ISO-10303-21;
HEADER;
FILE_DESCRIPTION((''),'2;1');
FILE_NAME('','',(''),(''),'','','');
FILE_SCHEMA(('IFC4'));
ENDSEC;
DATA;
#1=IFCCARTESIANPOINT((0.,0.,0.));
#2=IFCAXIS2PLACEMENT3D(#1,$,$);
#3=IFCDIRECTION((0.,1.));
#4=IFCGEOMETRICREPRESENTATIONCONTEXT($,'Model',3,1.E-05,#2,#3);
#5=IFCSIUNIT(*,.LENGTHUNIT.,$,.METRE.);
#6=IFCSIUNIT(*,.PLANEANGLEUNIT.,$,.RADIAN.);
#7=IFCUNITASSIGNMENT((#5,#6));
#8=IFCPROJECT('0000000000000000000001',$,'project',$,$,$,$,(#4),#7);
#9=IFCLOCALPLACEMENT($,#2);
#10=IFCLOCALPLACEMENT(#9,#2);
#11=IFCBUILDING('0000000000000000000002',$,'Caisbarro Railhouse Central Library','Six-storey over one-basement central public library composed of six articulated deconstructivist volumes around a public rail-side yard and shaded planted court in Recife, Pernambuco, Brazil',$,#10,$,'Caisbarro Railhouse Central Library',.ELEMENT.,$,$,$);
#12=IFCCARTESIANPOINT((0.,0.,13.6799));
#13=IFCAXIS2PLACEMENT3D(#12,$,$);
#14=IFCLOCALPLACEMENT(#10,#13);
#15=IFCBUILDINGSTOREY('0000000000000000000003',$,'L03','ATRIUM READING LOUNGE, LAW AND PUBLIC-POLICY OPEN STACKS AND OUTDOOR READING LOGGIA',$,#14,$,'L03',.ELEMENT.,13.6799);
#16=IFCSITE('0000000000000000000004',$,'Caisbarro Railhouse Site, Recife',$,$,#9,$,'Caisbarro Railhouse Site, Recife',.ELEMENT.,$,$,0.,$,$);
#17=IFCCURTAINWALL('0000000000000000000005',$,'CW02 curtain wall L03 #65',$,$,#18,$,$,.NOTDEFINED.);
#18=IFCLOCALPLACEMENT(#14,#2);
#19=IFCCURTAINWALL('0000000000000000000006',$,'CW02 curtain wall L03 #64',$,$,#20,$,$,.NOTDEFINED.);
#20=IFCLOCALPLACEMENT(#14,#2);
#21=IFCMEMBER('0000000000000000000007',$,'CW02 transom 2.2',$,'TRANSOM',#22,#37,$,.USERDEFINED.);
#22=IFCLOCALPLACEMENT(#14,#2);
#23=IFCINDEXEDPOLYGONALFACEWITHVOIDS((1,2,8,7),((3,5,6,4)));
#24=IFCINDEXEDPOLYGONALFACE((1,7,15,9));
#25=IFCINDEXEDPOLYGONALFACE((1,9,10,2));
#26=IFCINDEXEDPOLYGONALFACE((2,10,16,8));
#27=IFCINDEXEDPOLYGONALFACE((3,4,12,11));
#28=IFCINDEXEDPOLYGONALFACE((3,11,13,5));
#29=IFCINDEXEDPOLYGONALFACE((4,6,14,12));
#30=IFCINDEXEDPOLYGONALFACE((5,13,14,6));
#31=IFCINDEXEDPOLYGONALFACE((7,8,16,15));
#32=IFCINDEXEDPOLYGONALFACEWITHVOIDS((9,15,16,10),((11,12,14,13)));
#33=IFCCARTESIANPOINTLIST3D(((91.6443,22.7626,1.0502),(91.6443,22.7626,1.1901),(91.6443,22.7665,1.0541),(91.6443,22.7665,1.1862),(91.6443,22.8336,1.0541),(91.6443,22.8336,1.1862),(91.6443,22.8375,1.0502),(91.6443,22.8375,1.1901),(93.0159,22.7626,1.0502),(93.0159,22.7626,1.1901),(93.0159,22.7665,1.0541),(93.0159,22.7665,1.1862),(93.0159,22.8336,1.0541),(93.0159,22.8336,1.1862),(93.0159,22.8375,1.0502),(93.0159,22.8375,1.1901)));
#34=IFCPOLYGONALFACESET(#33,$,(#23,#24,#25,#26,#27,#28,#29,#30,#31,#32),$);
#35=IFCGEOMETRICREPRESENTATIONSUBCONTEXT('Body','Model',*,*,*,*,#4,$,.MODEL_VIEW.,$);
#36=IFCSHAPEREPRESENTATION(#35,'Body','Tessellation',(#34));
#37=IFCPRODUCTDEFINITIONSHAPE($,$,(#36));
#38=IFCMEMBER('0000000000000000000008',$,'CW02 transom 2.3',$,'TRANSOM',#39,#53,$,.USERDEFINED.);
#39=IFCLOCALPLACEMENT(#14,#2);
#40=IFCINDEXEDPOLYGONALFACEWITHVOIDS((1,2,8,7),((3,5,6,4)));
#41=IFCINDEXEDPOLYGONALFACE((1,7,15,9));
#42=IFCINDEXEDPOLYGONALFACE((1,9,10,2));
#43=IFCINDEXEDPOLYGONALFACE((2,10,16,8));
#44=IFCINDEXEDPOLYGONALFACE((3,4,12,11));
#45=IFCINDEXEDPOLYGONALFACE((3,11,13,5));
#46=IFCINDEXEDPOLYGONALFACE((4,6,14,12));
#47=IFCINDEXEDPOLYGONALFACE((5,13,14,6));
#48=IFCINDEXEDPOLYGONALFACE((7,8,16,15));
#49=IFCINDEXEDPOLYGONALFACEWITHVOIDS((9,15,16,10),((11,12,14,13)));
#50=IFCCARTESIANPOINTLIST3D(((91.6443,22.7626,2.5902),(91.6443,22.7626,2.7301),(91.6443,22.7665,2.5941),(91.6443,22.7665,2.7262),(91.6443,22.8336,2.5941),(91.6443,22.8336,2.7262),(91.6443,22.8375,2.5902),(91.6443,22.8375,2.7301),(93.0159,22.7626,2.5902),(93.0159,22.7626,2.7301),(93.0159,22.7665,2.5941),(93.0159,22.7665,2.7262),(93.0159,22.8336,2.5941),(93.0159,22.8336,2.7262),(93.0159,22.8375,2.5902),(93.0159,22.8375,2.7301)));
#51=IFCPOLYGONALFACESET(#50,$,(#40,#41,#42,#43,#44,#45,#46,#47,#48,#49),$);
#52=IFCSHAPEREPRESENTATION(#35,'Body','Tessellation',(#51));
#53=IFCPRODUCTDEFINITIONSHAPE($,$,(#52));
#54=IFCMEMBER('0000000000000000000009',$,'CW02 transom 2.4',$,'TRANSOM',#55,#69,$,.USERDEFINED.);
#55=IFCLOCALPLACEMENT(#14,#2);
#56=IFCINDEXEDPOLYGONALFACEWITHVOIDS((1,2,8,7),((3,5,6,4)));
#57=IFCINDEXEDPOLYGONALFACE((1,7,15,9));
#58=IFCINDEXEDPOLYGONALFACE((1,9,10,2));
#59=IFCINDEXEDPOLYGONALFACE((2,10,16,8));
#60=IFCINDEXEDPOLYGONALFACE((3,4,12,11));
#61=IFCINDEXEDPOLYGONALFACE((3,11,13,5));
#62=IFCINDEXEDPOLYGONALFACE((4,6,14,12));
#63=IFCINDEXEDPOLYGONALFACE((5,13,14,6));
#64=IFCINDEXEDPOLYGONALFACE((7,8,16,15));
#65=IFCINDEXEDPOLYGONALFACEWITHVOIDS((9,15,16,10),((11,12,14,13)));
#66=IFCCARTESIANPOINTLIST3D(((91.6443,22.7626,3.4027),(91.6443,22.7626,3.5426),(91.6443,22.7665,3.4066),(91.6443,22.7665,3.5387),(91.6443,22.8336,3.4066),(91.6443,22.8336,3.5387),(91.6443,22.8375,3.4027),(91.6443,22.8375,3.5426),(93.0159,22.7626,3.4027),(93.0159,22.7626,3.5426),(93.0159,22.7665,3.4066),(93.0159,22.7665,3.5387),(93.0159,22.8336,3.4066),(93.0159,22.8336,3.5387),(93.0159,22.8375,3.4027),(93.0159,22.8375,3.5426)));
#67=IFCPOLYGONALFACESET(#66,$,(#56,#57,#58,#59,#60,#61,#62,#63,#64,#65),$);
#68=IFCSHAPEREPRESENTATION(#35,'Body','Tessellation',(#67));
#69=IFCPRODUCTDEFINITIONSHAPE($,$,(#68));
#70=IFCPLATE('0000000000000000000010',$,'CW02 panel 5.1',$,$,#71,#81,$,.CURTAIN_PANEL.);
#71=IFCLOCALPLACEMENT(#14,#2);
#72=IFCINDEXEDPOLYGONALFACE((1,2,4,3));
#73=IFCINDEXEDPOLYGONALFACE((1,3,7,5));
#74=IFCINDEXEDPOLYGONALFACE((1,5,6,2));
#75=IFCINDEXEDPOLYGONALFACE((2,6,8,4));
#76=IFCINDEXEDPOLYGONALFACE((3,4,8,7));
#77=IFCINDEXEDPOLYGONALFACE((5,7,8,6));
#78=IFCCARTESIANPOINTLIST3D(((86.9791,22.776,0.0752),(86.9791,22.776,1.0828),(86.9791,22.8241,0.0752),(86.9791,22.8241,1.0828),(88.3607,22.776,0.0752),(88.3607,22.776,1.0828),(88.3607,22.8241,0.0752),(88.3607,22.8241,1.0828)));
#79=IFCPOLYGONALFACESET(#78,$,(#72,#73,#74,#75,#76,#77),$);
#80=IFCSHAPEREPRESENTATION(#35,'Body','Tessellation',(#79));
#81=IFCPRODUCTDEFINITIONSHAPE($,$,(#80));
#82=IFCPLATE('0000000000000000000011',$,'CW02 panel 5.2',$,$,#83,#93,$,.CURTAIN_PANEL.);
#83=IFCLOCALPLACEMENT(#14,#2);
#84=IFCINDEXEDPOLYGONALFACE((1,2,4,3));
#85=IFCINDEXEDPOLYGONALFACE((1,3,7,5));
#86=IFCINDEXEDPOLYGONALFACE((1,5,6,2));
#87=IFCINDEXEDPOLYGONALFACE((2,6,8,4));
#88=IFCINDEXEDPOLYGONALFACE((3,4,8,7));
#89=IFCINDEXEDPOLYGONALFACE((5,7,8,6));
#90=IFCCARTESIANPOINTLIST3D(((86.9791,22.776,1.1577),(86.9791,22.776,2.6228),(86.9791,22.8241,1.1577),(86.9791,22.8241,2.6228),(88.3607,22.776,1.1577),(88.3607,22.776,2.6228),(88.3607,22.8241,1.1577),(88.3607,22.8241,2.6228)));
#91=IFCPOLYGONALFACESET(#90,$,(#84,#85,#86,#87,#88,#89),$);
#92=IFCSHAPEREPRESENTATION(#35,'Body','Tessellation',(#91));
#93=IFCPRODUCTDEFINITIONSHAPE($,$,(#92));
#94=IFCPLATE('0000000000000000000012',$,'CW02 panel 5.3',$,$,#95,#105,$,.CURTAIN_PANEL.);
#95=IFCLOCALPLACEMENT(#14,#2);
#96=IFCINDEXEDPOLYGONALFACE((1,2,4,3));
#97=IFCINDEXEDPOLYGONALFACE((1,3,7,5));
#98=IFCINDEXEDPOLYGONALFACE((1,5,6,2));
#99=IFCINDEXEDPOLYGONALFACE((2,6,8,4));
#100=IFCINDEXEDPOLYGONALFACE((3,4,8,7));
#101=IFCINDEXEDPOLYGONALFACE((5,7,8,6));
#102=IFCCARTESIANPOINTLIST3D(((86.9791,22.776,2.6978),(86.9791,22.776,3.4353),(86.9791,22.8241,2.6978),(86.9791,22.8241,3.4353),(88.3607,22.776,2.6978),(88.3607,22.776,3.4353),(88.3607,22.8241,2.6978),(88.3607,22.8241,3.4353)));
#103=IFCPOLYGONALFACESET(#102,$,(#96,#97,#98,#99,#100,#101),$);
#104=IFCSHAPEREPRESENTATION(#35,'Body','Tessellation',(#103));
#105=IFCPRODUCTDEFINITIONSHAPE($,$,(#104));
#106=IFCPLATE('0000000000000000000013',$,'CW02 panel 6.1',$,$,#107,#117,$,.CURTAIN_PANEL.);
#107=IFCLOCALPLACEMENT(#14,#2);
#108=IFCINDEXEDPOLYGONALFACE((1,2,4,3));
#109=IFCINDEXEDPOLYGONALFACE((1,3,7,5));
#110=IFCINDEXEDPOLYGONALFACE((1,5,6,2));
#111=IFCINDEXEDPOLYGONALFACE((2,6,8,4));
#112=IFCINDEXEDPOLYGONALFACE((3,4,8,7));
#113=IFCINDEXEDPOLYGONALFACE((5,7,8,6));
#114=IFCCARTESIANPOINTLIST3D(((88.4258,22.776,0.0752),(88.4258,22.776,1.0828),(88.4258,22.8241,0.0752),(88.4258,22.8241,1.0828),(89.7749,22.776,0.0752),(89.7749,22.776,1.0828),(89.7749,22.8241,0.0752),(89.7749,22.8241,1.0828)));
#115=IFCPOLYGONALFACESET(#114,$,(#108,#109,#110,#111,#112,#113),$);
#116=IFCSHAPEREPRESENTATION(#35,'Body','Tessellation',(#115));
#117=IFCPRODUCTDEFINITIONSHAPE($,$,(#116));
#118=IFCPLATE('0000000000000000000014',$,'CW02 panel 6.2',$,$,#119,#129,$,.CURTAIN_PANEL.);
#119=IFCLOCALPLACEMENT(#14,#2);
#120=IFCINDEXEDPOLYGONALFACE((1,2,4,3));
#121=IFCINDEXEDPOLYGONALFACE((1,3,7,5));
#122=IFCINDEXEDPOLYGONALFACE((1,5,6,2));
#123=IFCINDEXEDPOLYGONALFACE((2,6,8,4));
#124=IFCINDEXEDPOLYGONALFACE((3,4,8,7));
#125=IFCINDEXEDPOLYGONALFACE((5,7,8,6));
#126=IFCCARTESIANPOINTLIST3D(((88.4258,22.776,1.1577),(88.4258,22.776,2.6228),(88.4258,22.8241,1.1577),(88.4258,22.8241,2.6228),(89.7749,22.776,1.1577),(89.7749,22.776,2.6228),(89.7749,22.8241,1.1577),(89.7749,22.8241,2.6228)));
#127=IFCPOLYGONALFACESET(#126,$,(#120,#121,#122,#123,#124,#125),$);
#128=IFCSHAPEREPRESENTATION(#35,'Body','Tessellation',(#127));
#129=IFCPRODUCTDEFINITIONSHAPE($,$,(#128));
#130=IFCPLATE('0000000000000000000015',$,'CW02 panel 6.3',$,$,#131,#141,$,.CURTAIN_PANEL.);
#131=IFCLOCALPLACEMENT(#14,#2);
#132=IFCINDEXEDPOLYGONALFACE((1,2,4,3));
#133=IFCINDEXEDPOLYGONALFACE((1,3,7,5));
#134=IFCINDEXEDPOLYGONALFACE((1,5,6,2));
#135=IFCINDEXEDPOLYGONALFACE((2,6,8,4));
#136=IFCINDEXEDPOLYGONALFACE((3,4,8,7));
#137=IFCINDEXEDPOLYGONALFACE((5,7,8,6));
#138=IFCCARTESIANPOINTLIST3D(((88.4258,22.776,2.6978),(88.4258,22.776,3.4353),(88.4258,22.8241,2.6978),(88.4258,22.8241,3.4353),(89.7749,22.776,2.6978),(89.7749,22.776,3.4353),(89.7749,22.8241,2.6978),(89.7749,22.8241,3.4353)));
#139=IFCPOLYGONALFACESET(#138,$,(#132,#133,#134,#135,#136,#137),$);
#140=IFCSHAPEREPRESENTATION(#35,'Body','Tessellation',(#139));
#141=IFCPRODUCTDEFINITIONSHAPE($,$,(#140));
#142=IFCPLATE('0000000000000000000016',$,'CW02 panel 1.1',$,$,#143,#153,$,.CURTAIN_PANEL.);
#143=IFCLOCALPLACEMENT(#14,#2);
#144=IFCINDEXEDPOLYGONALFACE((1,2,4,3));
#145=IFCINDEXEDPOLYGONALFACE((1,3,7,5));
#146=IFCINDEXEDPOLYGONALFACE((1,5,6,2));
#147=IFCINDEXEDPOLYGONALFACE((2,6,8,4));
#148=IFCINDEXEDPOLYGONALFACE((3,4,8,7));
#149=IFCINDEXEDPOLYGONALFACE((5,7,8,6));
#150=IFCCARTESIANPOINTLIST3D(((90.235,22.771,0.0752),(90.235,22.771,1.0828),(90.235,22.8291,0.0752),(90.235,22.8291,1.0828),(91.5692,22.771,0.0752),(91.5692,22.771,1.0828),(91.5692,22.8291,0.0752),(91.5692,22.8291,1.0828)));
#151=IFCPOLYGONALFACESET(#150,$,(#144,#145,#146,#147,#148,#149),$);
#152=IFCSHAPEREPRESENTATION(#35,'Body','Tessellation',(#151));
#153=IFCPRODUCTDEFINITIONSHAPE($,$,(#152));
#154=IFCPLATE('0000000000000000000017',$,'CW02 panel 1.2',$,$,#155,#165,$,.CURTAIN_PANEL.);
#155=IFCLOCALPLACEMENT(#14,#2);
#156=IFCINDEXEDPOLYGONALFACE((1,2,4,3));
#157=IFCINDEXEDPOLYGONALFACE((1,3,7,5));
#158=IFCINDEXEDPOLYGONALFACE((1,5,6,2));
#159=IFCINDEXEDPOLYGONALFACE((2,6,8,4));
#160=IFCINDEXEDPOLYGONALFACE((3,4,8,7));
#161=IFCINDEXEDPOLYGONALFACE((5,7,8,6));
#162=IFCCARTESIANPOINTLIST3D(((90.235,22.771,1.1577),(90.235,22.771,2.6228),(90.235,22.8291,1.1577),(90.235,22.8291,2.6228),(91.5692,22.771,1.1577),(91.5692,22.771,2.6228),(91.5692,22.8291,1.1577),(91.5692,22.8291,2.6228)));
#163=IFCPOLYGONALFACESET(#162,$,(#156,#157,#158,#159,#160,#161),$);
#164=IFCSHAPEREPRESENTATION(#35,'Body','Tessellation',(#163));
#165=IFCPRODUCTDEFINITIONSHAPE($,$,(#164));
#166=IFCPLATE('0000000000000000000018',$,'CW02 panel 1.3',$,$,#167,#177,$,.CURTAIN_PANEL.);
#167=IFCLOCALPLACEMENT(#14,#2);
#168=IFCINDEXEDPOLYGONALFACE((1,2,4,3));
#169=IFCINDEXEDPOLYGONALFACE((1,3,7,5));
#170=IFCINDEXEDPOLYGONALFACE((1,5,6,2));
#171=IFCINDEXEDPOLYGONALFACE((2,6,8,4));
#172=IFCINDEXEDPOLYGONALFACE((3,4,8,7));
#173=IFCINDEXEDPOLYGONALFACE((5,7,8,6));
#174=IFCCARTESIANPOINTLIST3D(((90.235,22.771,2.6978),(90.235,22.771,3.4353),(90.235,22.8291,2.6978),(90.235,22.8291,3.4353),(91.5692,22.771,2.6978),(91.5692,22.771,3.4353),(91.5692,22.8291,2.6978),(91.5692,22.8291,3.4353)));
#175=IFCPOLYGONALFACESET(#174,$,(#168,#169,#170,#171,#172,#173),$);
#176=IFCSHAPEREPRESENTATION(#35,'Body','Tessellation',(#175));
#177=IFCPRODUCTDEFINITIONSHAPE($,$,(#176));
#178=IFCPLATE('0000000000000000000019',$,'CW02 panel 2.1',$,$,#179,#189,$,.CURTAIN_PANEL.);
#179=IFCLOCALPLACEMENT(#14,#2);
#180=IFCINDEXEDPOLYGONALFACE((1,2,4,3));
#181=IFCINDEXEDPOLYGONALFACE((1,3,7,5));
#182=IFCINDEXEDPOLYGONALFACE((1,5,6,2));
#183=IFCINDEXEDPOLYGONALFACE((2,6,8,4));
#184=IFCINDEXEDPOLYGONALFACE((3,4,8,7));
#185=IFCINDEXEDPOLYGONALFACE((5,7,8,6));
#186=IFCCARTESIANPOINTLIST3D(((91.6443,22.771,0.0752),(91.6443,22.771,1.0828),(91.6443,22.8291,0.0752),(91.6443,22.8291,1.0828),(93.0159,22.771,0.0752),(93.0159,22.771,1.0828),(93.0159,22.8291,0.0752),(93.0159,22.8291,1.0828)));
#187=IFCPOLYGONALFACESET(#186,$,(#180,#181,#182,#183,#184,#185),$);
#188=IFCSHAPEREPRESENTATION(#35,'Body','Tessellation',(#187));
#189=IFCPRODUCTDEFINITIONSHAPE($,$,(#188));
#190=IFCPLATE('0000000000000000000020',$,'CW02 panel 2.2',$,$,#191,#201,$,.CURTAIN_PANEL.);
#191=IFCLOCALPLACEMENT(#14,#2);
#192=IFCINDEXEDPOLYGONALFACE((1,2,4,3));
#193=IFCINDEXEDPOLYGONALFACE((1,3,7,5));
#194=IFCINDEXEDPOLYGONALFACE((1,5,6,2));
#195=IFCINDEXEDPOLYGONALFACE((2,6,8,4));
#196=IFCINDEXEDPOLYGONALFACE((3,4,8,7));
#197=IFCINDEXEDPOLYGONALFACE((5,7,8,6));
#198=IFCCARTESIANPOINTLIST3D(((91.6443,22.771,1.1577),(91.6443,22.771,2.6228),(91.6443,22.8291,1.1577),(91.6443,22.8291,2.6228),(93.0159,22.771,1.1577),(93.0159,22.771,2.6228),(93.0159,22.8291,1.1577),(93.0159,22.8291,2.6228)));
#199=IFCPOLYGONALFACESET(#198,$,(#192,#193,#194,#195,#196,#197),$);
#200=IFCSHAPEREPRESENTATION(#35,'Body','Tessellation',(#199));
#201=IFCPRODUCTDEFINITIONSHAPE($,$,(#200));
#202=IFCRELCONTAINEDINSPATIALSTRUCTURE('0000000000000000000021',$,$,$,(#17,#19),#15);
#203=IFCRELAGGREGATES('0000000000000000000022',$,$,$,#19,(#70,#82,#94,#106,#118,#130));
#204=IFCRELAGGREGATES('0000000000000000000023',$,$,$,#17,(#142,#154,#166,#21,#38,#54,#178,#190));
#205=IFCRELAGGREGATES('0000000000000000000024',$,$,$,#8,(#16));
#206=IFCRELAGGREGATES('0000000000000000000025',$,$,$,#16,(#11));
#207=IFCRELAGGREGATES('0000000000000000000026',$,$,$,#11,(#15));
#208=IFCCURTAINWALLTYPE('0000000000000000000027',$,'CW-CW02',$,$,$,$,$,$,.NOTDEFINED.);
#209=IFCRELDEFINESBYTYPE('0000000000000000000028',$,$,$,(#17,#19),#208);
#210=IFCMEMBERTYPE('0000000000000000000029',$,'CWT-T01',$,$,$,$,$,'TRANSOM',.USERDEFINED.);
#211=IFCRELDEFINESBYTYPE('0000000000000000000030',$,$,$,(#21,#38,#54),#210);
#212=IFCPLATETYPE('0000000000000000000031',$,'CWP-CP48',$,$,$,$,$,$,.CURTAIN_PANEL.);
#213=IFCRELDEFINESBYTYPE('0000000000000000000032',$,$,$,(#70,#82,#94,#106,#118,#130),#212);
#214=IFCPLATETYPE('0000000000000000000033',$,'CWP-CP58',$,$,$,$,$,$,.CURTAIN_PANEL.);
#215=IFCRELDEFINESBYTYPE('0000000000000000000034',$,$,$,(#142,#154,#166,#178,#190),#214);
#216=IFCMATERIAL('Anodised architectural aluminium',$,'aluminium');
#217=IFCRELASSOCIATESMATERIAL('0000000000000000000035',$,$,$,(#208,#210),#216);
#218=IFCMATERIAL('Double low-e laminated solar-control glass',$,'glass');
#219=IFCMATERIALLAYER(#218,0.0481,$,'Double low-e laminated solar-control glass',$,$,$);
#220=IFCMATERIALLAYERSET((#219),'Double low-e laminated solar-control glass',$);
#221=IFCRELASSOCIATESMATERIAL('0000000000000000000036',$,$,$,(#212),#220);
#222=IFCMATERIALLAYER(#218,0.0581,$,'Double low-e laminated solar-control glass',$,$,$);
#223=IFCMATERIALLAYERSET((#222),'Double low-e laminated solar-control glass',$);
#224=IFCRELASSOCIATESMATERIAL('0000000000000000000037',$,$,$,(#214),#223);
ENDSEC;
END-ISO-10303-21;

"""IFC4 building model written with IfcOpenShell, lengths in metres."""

from ifc_helpers import new_model, si_unit, direction, frame, origin, origin_2d, place, context, subcontext, project, spatial, rectangle, hollow_rectangle, extrude, material, layer, layer_set, material_profile, profile_set, type_object, element, aggregate, save


model = new_model("IFC4")

# Units and contexts
model_context = context("Model", 3, precision=1e-05, world=origin(), true_north=direction((0.0, 1.0)))
body_context = subcontext(model_context, "Body", "Model", "MODEL_VIEW")
ifc_project = project(units=[si_unit("LENGTHUNIT", "METRE"), si_unit("PLANEANGLEUNIT", "RADIAN")], contexts=[model_context])

# Site, building, storey
site_placement = place(None, origin())
site = spatial("IfcSite", under=ifc_project, at=site_placement, Name="Caisbarro Railhouse Site, Recife", LongName="Caisbarro Railhouse Site, Recife", CompositionType="ELEMENT", RefElevation=0.0)
building_placement = place(site_placement, origin())
building = spatial("IfcBuilding", under=site, at=building_placement, Name="Caisbarro Railhouse Central Library", Description="Six-storey over one-basement central public library composed of six articulated deconstructivist volumes around a public rail-side yard and shaded planted court in Recife, Pernambuco, Brazil", LongName="Caisbarro Railhouse Central Library", CompositionType="ELEMENT")
storey_placement = place(building_placement, frame((0.0, 0.0, 13.6799)))
storey = spatial("IfcBuildingStorey", under=building, at=storey_placement, Name="L03", Description="ATRIUM READING LOUNGE, LAW AND PUBLIC-POLICY OPEN STACKS AND OUTDOOR READING LOGGIA", LongName="L03", CompositionType="ELEMENT", Elevation=13.6799)

# Curtain walls
ifc_material_1 = material(Name="Anodised architectural aluminium", Category="aluminium")
curtain_wall_type = type_object("IfcCurtainWallType", Name="CW-CW02", PredefinedType="NOTDEFINED", material=ifc_material_1)
curtain_wall_1_placement = place(storey_placement, origin())
curtain_wall_1 = element("IfcCurtainWall", 1, at=curtain_wall_1_placement, inside=storey, type_object=curtain_wall_type, Name="CW02 curtain wall L03 #65", PredefinedType="NOTDEFINED")
curtain_wall_2_placement = place(storey_placement, origin())
curtain_wall_2 = element("IfcCurtainWall", 2, at=curtain_wall_2_placement, inside=storey, type_object=curtain_wall_type, Name="CW02 curtain wall L03 #64", PredefinedType="NOTDEFINED")
ifc_material_profile_1 = material_profile(ifc_material_1, hollow_rectangle(XDim=0.075, YDim=0.1399, WallThickness=0.0039, at=origin_2d()), Name="ALU-TRN-75X140")
ifc_profile_set_1 = profile_set([ifc_material_profile_1], Name="Anodised architectural aluminium")
member_type_1 = type_object("IfcMemberType", Name="CWT-T01", ElementType="TRANSOM", PredefinedType="USERDEFINED", material=ifc_profile_set_1)

# Members
member_1_placement = place(storey_placement, frame((91.6443, 22.8, 1.1201), z_axis=(1.0, 0.0, 0.0), x_axis=(0.0, 1.0, 0.0)))
member_1 = element("IfcMember", 3, at=member_1_placement, type_object=member_type_1, Name="CW02 transom 2.2", ObjectType="TRANSOM", PredefinedType="USERDEFINED", context=body_context, shape_type="SweptSolid", body=[
    extrude(hollow_rectangle(XDim=0.075, YDim=0.1399, WallThickness=0.0039, at=origin_2d()), origin(), (0.0, 0.0, 1.0), 1.3716),
])
member_2_placement = place(storey_placement, frame((91.6443, 22.8, 2.6602), z_axis=(1.0, 0.0, 0.0), x_axis=(0.0, 1.0, 0.0)))
member_2 = element("IfcMember", 4, at=member_2_placement, type_object=member_type_1, Name="CW02 transom 2.3", ObjectType="TRANSOM", PredefinedType="USERDEFINED", context=body_context, shape_type="SweptSolid", body=[
    extrude(hollow_rectangle(XDim=0.075, YDim=0.1399, WallThickness=0.0039, at=origin_2d()), origin(), (0.0, 0.0, 1.0), 1.3716),
])
member_3_placement = place(storey_placement, frame((91.6443, 22.8, 3.4727), z_axis=(1.0, 0.0, 0.0), x_axis=(0.0, 1.0, 0.0)))
member_3 = element("IfcMember", 5, at=member_3_placement, type_object=member_type_1, Name="CW02 transom 2.4", ObjectType="TRANSOM", PredefinedType="USERDEFINED", context=body_context, shape_type="SweptSolid", body=[
    extrude(hollow_rectangle(XDim=0.075, YDim=0.1399, WallThickness=0.0039, at=origin_2d()), origin(), (0.0, 0.0, 1.0), 1.3716),
])

# Plates
ifc_material_2 = material(Name="Double low-e laminated solar-control glass", Category="glass")
ifc_layer_1 = layer(ifc_material_2, 0.0481, Name="Double low-e laminated solar-control glass")
ifc_layer_set_1 = layer_set([ifc_layer_1], Name="Double low-e laminated solar-control glass")
plate_type_1 = type_object("IfcPlateType", Name="CWP-CP48", PredefinedType="CURTAIN_PANEL", material=ifc_layer_set_1)
plate_1_placement = place(storey_placement, frame((87.6699, 22.8, 0.0752), z_axis=(0.0, 0.0, 1.0), x_axis=(1.0, 0.0, 0.0)))
plate_1 = element("IfcPlate", 6, at=plate_1_placement, type_object=plate_type_1, Name="CW02 panel 5.1", PredefinedType="CURTAIN_PANEL", context=body_context, shape_type="SweptSolid", body=[
    extrude(rectangle(XDim=1.3816, YDim=0.0481, at=origin_2d()), origin(), (0.0, 0.0, 1.0), 1.0076),
])
plate_2_placement = place(storey_placement, frame((87.6699, 22.8, 1.1577), z_axis=(0.0, 0.0, 1.0), x_axis=(1.0, 0.0, 0.0)))
plate_2 = element("IfcPlate", 7, at=plate_2_placement, type_object=plate_type_1, Name="CW02 panel 5.2", PredefinedType="CURTAIN_PANEL", context=body_context, shape_type="SweptSolid", body=[
    extrude(rectangle(XDim=1.3816, YDim=0.0481, at=origin_2d()), origin(), (0.0, 0.0, 1.0), 1.4651),
])
plate_3_placement = place(storey_placement, frame((87.6699, 22.8, 2.6978), z_axis=(0.0, 0.0, 1.0), x_axis=(1.0, 0.0, 0.0)))
plate_3 = element("IfcPlate", 8, at=plate_3_placement, type_object=plate_type_1, Name="CW02 panel 5.3", PredefinedType="CURTAIN_PANEL", context=body_context, shape_type="SweptSolid", body=[
    extrude(rectangle(XDim=1.3816, YDim=0.0481, at=origin_2d()), origin(), (0.0, 0.0, 1.0), 0.7375),
])
plate_4_placement = place(storey_placement, frame((89.1003, 22.8, 0.0752), z_axis=(0.0, 0.0, 1.0), x_axis=(1.0, 0.0, 0.0)))
plate_4 = element("IfcPlate", 9, at=plate_4_placement, type_object=plate_type_1, Name="CW02 panel 6.1", PredefinedType="CURTAIN_PANEL", context=body_context, shape_type="SweptSolid", body=[
    extrude(rectangle(XDim=1.3491, YDim=0.0481, at=origin_2d()), origin(), (0.0, 0.0, 1.0), 1.0076),
])
plate_5_placement = place(storey_placement, frame((89.1003, 22.8, 1.1577), z_axis=(0.0, 0.0, 1.0), x_axis=(1.0, 0.0, 0.0)))
plate_5 = element("IfcPlate", 10, at=plate_5_placement, type_object=plate_type_1, Name="CW02 panel 6.2", PredefinedType="CURTAIN_PANEL", context=body_context, shape_type="SweptSolid", body=[
    extrude(rectangle(XDim=1.3491, YDim=0.0481, at=origin_2d()), origin(), (0.0, 0.0, 1.0), 1.4651),
])
plate_6_placement = place(storey_placement, frame((89.1003, 22.8, 2.6978), z_axis=(0.0, 0.0, 1.0), x_axis=(1.0, 0.0, 0.0)))
plate_6 = element("IfcPlate", 11, at=plate_6_placement, type_object=plate_type_1, Name="CW02 panel 6.3", PredefinedType="CURTAIN_PANEL", context=body_context, shape_type="SweptSolid", body=[
    extrude(rectangle(XDim=1.3491, YDim=0.0481, at=origin_2d()), origin(), (0.0, 0.0, 1.0), 0.7375),
])
aggregate(curtain_wall_2, [plate_1, plate_2, plate_3, plate_4, plate_5, plate_6])
ifc_layer_2 = layer(ifc_material_2, 0.0581, Name="Double low-e laminated solar-control glass")
ifc_layer_set_2 = layer_set([ifc_layer_2], Name="Double low-e laminated solar-control glass")
plate_type_2 = type_object("IfcPlateType", Name="CWP-CP58", PredefinedType="CURTAIN_PANEL", material=ifc_layer_set_2)
plate_7_placement = place(storey_placement, frame((90.9021, 22.8, 0.0752), z_axis=(0.0, 0.0, 1.0), x_axis=(1.0, 0.0, 0.0)))
plate_7 = element("IfcPlate", 12, at=plate_7_placement, type_object=plate_type_2, Name="CW02 panel 1.1", PredefinedType="CURTAIN_PANEL", context=body_context, shape_type="SweptSolid", body=[
    extrude(rectangle(XDim=1.3342, YDim=0.0581, at=origin_2d()), origin(), (0.0, 0.0, 1.0), 1.0076),
])
plate_8_placement = place(storey_placement, frame((90.9021, 22.8, 1.1577), z_axis=(0.0, 0.0, 1.0), x_axis=(1.0, 0.0, 0.0)))
plate_8 = element("IfcPlate", 13, at=plate_8_placement, type_object=plate_type_2, Name="CW02 panel 1.2", PredefinedType="CURTAIN_PANEL", context=body_context, shape_type="SweptSolid", body=[
    extrude(rectangle(XDim=1.3342, YDim=0.0581, at=origin_2d()), origin(), (0.0, 0.0, 1.0), 1.4651),
])
plate_9_placement = place(storey_placement, frame((90.9021, 22.8, 2.6978), z_axis=(0.0, 0.0, 1.0), x_axis=(1.0, 0.0, 0.0)))
plate_9 = element("IfcPlate", 14, at=plate_9_placement, type_object=plate_type_2, Name="CW02 panel 1.3", PredefinedType="CURTAIN_PANEL", context=body_context, shape_type="SweptSolid", body=[
    extrude(rectangle(XDim=1.3342, YDim=0.0581, at=origin_2d()), origin(), (0.0, 0.0, 1.0), 0.7375),
])
plate_10_placement = place(storey_placement, frame((92.3301, 22.8, 0.0752), z_axis=(0.0, 0.0, 1.0), x_axis=(1.0, 0.0, 0.0)))
plate_10 = element("IfcPlate", 15, at=plate_10_placement, type_object=plate_type_2, Name="CW02 panel 2.1", PredefinedType="CURTAIN_PANEL", context=body_context, shape_type="SweptSolid", body=[
    extrude(rectangle(XDim=1.3716, YDim=0.0581, at=origin_2d()), origin(), (0.0, 0.0, 1.0), 1.0076),
])
plate_11_placement = place(storey_placement, frame((92.3301, 22.8, 1.1577), z_axis=(0.0, 0.0, 1.0), x_axis=(1.0, 0.0, 0.0)))
plate_11 = element("IfcPlate", 16, at=plate_11_placement, type_object=plate_type_2, Name="CW02 panel 2.2", PredefinedType="CURTAIN_PANEL", context=body_context, shape_type="SweptSolid", body=[
    extrude(rectangle(XDim=1.3716, YDim=0.0581, at=origin_2d()), origin(), (0.0, 0.0, 1.0), 1.4651),
])
aggregate(curtain_wall_1, [plate_7, plate_8, plate_9, member_1, member_2, member_3, plate_10, plate_11])

save(model, "model.ifc")
